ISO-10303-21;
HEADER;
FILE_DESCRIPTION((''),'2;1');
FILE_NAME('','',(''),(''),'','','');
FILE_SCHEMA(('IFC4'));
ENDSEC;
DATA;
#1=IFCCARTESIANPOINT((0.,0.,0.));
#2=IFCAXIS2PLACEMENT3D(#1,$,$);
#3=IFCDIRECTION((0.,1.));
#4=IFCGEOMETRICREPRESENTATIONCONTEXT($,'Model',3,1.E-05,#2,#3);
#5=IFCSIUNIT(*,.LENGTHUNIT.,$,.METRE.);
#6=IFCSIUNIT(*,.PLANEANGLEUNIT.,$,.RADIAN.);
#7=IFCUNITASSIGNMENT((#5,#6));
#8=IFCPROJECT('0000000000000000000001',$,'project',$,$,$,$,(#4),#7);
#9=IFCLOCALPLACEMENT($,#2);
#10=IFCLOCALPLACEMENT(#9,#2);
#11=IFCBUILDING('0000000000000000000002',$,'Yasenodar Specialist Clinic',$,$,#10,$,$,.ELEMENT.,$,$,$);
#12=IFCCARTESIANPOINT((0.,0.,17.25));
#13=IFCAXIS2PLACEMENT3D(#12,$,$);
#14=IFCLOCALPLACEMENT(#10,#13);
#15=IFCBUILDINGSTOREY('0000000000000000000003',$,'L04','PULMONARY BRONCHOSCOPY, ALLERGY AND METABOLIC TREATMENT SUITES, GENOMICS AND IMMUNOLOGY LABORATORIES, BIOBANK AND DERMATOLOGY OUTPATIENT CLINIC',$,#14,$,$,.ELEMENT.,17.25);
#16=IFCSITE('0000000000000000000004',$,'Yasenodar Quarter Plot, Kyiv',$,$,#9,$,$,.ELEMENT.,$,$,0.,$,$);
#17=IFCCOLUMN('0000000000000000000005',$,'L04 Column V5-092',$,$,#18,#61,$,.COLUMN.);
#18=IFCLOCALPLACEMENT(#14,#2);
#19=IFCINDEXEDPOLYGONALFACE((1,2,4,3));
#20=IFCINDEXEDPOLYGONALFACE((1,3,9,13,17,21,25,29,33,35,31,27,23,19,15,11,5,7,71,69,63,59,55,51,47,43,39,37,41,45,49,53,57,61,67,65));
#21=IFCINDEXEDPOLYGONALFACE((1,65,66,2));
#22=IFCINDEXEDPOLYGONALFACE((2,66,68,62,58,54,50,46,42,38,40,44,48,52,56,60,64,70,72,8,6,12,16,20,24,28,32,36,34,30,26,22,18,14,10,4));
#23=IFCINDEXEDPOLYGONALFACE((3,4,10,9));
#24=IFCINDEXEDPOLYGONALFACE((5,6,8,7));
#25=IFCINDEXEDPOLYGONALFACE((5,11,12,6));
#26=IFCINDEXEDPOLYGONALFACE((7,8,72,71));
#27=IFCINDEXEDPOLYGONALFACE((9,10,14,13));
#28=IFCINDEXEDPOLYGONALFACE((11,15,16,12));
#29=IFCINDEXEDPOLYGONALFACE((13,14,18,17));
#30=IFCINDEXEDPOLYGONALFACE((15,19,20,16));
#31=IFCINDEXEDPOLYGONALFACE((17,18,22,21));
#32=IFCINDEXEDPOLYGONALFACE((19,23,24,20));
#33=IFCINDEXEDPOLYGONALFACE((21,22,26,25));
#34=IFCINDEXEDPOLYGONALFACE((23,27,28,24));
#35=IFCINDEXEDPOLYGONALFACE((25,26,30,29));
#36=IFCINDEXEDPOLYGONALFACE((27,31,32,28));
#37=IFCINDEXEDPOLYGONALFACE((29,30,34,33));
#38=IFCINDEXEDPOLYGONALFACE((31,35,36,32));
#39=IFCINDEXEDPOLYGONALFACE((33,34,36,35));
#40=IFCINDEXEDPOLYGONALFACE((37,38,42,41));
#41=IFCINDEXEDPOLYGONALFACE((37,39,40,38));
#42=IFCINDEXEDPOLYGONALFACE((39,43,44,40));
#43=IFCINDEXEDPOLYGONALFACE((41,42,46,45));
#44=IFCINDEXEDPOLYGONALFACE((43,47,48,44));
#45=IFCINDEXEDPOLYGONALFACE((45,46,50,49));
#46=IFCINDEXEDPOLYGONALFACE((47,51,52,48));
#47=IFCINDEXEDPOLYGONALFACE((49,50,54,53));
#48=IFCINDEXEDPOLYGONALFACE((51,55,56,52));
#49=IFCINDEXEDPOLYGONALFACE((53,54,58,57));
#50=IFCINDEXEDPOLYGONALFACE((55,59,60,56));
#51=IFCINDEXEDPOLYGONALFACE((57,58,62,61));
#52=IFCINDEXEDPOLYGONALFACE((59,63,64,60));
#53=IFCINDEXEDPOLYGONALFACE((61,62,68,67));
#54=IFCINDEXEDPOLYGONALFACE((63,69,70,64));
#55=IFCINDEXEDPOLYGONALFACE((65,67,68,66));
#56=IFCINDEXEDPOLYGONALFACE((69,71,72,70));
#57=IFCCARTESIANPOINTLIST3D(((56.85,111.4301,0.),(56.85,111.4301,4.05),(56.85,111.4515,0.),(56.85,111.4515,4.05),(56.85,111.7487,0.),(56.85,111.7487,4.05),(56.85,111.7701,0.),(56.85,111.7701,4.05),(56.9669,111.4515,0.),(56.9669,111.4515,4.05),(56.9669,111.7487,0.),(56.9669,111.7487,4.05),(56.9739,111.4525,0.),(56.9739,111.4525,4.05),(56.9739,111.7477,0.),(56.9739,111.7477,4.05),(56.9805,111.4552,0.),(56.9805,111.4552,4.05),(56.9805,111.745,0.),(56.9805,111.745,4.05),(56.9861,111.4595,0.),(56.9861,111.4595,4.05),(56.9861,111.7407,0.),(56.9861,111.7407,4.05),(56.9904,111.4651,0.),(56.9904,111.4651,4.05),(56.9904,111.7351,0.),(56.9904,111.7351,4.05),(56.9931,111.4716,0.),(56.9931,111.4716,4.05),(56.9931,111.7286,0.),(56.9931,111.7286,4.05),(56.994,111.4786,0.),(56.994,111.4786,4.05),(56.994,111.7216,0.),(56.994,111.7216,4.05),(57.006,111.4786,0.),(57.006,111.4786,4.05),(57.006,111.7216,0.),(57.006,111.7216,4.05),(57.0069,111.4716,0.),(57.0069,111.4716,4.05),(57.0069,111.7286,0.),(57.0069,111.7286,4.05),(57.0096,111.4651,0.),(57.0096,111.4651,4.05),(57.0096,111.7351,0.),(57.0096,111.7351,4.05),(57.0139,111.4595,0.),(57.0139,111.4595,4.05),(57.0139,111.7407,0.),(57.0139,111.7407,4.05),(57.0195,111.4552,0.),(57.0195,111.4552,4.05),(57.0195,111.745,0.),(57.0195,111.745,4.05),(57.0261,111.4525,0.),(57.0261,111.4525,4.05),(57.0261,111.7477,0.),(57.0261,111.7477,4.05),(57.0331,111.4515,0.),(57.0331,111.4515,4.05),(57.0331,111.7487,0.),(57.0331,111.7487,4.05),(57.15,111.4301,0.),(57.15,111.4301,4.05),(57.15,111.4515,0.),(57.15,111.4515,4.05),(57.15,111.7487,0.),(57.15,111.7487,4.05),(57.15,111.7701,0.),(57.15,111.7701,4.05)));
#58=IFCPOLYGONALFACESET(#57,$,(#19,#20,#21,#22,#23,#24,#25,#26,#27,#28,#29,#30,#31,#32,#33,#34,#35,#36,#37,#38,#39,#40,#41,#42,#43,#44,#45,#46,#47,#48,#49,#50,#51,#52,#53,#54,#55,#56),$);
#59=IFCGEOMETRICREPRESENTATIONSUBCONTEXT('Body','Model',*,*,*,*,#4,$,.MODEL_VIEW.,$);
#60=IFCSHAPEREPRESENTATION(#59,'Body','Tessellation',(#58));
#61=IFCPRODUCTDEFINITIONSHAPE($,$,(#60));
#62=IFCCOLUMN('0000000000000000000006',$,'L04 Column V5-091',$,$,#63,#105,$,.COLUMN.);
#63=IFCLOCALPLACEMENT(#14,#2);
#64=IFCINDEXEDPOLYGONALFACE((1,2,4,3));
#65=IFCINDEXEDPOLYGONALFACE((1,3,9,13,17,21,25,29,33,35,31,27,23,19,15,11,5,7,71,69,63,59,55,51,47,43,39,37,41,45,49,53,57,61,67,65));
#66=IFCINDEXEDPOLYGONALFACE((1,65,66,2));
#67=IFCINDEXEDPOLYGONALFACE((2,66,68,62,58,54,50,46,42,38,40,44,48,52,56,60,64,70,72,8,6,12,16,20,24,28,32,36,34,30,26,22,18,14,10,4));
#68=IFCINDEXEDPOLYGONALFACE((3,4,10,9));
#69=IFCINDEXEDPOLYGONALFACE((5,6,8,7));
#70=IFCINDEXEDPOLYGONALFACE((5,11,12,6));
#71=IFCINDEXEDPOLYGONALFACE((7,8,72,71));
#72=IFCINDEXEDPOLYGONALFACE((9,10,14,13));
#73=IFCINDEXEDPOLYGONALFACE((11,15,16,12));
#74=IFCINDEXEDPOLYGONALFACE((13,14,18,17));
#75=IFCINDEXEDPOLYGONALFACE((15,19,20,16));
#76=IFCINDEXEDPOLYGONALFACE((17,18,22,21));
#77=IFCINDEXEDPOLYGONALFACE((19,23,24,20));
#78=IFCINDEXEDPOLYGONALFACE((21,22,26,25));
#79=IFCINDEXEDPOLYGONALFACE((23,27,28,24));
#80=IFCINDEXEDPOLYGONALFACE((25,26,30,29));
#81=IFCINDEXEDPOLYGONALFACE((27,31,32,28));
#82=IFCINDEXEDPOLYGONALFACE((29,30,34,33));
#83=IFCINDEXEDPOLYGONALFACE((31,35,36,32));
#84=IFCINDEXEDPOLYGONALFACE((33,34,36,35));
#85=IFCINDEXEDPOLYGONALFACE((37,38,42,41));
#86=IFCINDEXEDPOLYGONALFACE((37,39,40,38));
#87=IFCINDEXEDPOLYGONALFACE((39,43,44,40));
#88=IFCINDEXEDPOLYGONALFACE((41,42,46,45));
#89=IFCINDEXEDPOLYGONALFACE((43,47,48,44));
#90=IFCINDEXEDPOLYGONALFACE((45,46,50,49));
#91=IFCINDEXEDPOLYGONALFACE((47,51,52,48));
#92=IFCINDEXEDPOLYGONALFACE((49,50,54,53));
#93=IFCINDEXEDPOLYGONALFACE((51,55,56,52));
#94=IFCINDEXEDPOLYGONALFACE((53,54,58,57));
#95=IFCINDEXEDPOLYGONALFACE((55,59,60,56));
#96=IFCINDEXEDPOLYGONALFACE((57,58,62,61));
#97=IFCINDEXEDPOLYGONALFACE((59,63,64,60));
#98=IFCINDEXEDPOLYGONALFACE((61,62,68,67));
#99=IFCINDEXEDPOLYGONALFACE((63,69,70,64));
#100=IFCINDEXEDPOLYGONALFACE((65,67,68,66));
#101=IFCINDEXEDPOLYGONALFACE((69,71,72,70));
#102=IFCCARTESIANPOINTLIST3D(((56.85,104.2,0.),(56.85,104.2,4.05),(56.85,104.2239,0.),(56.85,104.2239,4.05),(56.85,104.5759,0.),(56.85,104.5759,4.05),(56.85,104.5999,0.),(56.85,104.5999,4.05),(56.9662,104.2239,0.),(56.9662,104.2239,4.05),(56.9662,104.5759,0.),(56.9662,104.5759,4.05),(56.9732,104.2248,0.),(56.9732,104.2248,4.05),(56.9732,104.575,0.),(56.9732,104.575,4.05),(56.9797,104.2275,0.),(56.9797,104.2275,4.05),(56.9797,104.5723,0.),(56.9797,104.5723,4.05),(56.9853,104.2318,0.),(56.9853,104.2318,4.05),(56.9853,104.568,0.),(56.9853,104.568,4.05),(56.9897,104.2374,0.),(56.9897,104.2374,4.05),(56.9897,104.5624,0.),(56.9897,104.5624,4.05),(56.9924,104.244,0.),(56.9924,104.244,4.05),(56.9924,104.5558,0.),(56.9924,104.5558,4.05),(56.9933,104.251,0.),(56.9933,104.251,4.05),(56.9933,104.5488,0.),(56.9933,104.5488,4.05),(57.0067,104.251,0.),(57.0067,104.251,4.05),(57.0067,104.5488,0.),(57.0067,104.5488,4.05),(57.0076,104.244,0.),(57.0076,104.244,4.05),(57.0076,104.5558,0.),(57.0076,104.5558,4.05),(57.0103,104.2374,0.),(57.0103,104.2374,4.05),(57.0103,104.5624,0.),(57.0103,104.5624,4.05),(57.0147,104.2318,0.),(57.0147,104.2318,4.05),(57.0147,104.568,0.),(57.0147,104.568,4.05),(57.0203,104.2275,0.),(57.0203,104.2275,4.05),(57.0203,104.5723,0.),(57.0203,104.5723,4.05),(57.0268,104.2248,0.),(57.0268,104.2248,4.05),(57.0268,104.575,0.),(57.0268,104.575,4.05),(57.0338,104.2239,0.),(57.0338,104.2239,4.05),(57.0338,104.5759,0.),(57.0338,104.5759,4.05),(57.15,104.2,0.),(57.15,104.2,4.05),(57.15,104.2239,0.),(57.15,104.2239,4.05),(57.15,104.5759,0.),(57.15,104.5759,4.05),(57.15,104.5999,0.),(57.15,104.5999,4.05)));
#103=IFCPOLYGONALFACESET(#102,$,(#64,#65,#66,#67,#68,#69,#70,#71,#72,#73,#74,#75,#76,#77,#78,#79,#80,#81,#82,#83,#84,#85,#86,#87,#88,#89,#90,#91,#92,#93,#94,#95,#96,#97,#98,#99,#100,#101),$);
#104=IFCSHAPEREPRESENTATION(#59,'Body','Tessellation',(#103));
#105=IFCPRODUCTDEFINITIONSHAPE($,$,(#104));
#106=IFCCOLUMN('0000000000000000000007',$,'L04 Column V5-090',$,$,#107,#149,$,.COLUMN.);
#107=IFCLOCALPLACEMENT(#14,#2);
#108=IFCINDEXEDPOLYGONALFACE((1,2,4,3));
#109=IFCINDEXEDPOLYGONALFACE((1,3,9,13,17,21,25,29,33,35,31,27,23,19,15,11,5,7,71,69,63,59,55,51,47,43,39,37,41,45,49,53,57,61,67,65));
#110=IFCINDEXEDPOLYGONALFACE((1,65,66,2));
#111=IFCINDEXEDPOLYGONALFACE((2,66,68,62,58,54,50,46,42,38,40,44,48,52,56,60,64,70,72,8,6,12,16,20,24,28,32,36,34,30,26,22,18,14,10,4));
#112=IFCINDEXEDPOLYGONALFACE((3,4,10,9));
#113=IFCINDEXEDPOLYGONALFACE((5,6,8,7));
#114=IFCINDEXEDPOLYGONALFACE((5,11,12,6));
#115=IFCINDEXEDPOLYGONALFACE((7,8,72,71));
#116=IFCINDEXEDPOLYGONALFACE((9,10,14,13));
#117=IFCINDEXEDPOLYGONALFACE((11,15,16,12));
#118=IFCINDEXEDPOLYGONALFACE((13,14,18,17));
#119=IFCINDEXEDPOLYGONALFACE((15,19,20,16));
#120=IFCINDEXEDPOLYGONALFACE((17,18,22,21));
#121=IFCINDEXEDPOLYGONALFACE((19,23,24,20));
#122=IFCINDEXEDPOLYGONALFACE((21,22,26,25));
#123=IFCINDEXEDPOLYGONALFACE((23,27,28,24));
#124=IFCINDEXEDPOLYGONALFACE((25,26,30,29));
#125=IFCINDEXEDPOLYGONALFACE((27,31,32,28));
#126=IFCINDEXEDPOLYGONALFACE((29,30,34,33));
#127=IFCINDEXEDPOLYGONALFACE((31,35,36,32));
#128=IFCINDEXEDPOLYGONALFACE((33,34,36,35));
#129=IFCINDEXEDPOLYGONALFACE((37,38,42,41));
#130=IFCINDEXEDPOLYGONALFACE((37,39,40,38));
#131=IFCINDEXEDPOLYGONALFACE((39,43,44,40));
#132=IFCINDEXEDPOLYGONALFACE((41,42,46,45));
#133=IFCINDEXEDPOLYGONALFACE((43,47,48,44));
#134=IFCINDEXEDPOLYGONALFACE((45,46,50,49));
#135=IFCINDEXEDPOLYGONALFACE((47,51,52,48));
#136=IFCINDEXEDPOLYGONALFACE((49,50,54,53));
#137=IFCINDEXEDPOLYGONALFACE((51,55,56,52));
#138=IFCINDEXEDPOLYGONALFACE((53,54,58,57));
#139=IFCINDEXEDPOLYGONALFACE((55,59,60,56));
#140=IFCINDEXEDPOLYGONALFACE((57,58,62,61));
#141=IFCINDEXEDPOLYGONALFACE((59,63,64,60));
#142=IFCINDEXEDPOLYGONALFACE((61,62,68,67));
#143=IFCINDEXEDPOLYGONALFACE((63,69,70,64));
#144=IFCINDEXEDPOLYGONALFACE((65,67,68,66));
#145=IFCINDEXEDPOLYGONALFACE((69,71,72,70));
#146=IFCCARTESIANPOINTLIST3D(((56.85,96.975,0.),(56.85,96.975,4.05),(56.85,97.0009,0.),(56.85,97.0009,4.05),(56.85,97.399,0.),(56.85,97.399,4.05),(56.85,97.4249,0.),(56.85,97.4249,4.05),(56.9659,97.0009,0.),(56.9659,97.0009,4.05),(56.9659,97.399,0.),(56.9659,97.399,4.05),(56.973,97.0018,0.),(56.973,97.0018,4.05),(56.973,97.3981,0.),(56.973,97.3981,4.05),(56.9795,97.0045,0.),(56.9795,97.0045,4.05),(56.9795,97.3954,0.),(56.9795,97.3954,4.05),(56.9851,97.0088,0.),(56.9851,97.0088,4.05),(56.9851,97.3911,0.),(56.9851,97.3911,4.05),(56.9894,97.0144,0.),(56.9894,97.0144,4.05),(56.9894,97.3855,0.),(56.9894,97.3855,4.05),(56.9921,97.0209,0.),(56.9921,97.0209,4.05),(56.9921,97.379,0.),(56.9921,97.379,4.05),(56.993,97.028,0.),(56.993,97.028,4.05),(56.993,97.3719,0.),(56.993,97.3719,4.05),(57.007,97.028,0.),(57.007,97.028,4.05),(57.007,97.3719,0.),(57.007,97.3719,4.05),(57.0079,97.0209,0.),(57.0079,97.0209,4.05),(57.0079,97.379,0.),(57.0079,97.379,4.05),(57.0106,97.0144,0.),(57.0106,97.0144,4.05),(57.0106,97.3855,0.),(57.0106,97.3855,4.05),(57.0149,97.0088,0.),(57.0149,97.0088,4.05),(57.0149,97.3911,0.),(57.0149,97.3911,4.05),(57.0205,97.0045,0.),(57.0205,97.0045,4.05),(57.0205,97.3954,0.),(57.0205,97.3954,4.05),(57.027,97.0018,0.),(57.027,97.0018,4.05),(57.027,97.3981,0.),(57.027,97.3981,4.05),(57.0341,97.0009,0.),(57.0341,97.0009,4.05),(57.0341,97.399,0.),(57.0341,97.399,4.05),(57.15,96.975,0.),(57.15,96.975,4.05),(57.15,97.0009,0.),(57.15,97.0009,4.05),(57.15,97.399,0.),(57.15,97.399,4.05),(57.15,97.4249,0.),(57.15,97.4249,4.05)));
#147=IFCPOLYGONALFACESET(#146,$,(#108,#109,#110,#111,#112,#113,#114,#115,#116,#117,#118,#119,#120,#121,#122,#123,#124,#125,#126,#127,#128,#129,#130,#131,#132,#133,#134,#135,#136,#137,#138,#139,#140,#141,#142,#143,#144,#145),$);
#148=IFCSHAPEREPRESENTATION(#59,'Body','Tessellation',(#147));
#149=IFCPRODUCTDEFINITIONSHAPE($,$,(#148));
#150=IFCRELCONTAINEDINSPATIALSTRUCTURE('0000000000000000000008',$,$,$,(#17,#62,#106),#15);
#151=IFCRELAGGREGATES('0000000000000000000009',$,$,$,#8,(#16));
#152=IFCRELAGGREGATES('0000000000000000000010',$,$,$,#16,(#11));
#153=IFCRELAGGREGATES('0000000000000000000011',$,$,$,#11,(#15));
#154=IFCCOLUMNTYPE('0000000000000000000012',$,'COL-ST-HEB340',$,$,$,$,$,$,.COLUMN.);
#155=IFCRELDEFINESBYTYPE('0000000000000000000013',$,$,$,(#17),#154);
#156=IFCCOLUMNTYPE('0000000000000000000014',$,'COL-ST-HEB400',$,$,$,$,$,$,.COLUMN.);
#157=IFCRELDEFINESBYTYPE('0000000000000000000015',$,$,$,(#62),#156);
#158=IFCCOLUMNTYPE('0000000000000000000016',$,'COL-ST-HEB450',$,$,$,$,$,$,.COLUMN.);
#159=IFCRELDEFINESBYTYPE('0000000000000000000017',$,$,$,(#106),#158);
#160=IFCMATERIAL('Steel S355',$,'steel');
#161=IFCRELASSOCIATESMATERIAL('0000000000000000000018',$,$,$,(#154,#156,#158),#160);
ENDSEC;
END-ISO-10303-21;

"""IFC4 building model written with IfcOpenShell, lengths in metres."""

from ifc_helpers import new_model, si_unit, direction, frame, origin, origin_2d, place, context, subcontext, project, spatial, i_section, extrude, material, material_profile, profile_set, type_object, element, save


model = new_model("IFC4")

# Units and contexts
model_context = context("Model", 3, precision=1e-05, world=origin(), true_north=direction((0.0, 1.0)))
body_context = subcontext(model_context, "Body", "Model", "MODEL_VIEW")
ifc_project = project(units=[si_unit("LENGTHUNIT", "METRE"), si_unit("PLANEANGLEUNIT", "RADIAN")], contexts=[model_context])

# Site, building, storey
site_placement = place(None, origin())
site = spatial("IfcSite", under=ifc_project, at=site_placement, Name="Yasenodar Quarter Plot, Kyiv", CompositionType="ELEMENT", RefElevation=0.0)
building_placement = place(site_placement, origin())
building = spatial("IfcBuilding", under=site, at=building_placement, Name="Yasenodar Specialist Clinic", CompositionType="ELEMENT")
storey_placement = place(building_placement, frame((0.0, 0.0, 17.25)))
storey = spatial("IfcBuildingStorey", under=building, at=storey_placement, Name="L04", Description="PULMONARY BRONCHOSCOPY, ALLERGY AND METABOLIC TREATMENT SUITES, GENOMICS AND IMMUNOLOGY LABORATORIES, BIOBANK AND DERMATOLOGY OUTPATIENT CLINIC", CompositionType="ELEMENT", Elevation=17.25)

# Columns
ifc_material_1 = material(Name="Steel S355", Category="steel")
ifc_material_profile_1 = material_profile(ifc_material_1, i_section(OverallWidth=0.3, OverallDepth=0.3401, WebThickness=0.012, FlangeThickness=0.0215, FilletRadius=0.0271, at=origin_2d()), Name="HEB 340")
ifc_profile_set_1 = profile_set([ifc_material_profile_1], Name="Steel S355")
column_type_1 = type_object("IfcColumnType", Name="COL-ST-HEB340", PredefinedType="COLUMN", material=ifc_profile_set_1)
column_1_placement = place(storey_placement, frame((57.0, 111.6001, 0.0), z_axis=(0.0, 0.0, 1.0), x_axis=(1.0, 0.0, 0.0)))
element("IfcColumn", 1, at=column_1_placement, inside=storey, type_object=column_type_1, Name="L04 Column V5-092", PredefinedType="COLUMN", context=body_context, shape_type="SweptSolid", body=[
    extrude(i_section(OverallWidth=0.3, OverallDepth=0.3401, WebThickness=0.012, FlangeThickness=0.0215, FilletRadius=0.0271, at=origin_2d()), origin(), (0.0, 0.0, 1.0), 4.05),
])
ifc_material_profile_2 = material_profile(ifc_material_1, i_section(OverallWidth=0.3, OverallDepth=0.3999, WebThickness=0.0134, FlangeThickness=0.0239, FilletRadius=0.0271, at=origin_2d()), Name="HEB 400")
ifc_profile_set_2 = profile_set([ifc_material_profile_2], Name="Steel S355")
column_type_2 = type_object("IfcColumnType", Name="COL-ST-HEB400", PredefinedType="COLUMN", material=ifc_profile_set_2)
column_2_placement = place(storey_placement, frame((57.0, 104.3999, 0.0), z_axis=(0.0, 0.0, 1.0), x_axis=(1.0, 0.0, 0.0)))
element("IfcColumn", 2, at=column_2_placement, inside=storey, type_object=column_type_2, Name="L04 Column V5-091", PredefinedType="COLUMN", context=body_context, shape_type="SweptSolid", body=[
    extrude(i_section(OverallWidth=0.3, OverallDepth=0.3999, WebThickness=0.0134, FlangeThickness=0.0239, FilletRadius=0.0271, at=origin_2d()), origin(), (0.0, 0.0, 1.0), 4.05),
])
ifc_material_profile_3 = material_profile(ifc_material_1, i_section(OverallWidth=0.3, OverallDepth=0.45, WebThickness=0.0139, FlangeThickness=0.0259, FilletRadius=0.0271, at=origin_2d()), Name="HEB 450")
ifc_profile_set_3 = profile_set([ifc_material_profile_3], Name="Steel S355")
column_type_3 = type_object("IfcColumnType", Name="COL-ST-HEB450", PredefinedType="COLUMN", material=ifc_profile_set_3)
column_3_placement = place(storey_placement, frame((57.0, 97.2, 0.0), z_axis=(0.0, 0.0, 1.0), x_axis=(1.0, 0.0, 0.0)))
element("IfcColumn", 3, at=column_3_placement, inside=storey, type_object=column_type_3, Name="L04 Column V5-090", PredefinedType="COLUMN", context=body_context, shape_type="SweptSolid", body=[
    extrude(i_section(OverallWidth=0.3, OverallDepth=0.45, WebThickness=0.0139, FlangeThickness=0.0259, FilletRadius=0.0271, at=origin_2d()), origin(), (0.0, 0.0, 1.0), 4.05),
])

save(model, "model.ifc")
